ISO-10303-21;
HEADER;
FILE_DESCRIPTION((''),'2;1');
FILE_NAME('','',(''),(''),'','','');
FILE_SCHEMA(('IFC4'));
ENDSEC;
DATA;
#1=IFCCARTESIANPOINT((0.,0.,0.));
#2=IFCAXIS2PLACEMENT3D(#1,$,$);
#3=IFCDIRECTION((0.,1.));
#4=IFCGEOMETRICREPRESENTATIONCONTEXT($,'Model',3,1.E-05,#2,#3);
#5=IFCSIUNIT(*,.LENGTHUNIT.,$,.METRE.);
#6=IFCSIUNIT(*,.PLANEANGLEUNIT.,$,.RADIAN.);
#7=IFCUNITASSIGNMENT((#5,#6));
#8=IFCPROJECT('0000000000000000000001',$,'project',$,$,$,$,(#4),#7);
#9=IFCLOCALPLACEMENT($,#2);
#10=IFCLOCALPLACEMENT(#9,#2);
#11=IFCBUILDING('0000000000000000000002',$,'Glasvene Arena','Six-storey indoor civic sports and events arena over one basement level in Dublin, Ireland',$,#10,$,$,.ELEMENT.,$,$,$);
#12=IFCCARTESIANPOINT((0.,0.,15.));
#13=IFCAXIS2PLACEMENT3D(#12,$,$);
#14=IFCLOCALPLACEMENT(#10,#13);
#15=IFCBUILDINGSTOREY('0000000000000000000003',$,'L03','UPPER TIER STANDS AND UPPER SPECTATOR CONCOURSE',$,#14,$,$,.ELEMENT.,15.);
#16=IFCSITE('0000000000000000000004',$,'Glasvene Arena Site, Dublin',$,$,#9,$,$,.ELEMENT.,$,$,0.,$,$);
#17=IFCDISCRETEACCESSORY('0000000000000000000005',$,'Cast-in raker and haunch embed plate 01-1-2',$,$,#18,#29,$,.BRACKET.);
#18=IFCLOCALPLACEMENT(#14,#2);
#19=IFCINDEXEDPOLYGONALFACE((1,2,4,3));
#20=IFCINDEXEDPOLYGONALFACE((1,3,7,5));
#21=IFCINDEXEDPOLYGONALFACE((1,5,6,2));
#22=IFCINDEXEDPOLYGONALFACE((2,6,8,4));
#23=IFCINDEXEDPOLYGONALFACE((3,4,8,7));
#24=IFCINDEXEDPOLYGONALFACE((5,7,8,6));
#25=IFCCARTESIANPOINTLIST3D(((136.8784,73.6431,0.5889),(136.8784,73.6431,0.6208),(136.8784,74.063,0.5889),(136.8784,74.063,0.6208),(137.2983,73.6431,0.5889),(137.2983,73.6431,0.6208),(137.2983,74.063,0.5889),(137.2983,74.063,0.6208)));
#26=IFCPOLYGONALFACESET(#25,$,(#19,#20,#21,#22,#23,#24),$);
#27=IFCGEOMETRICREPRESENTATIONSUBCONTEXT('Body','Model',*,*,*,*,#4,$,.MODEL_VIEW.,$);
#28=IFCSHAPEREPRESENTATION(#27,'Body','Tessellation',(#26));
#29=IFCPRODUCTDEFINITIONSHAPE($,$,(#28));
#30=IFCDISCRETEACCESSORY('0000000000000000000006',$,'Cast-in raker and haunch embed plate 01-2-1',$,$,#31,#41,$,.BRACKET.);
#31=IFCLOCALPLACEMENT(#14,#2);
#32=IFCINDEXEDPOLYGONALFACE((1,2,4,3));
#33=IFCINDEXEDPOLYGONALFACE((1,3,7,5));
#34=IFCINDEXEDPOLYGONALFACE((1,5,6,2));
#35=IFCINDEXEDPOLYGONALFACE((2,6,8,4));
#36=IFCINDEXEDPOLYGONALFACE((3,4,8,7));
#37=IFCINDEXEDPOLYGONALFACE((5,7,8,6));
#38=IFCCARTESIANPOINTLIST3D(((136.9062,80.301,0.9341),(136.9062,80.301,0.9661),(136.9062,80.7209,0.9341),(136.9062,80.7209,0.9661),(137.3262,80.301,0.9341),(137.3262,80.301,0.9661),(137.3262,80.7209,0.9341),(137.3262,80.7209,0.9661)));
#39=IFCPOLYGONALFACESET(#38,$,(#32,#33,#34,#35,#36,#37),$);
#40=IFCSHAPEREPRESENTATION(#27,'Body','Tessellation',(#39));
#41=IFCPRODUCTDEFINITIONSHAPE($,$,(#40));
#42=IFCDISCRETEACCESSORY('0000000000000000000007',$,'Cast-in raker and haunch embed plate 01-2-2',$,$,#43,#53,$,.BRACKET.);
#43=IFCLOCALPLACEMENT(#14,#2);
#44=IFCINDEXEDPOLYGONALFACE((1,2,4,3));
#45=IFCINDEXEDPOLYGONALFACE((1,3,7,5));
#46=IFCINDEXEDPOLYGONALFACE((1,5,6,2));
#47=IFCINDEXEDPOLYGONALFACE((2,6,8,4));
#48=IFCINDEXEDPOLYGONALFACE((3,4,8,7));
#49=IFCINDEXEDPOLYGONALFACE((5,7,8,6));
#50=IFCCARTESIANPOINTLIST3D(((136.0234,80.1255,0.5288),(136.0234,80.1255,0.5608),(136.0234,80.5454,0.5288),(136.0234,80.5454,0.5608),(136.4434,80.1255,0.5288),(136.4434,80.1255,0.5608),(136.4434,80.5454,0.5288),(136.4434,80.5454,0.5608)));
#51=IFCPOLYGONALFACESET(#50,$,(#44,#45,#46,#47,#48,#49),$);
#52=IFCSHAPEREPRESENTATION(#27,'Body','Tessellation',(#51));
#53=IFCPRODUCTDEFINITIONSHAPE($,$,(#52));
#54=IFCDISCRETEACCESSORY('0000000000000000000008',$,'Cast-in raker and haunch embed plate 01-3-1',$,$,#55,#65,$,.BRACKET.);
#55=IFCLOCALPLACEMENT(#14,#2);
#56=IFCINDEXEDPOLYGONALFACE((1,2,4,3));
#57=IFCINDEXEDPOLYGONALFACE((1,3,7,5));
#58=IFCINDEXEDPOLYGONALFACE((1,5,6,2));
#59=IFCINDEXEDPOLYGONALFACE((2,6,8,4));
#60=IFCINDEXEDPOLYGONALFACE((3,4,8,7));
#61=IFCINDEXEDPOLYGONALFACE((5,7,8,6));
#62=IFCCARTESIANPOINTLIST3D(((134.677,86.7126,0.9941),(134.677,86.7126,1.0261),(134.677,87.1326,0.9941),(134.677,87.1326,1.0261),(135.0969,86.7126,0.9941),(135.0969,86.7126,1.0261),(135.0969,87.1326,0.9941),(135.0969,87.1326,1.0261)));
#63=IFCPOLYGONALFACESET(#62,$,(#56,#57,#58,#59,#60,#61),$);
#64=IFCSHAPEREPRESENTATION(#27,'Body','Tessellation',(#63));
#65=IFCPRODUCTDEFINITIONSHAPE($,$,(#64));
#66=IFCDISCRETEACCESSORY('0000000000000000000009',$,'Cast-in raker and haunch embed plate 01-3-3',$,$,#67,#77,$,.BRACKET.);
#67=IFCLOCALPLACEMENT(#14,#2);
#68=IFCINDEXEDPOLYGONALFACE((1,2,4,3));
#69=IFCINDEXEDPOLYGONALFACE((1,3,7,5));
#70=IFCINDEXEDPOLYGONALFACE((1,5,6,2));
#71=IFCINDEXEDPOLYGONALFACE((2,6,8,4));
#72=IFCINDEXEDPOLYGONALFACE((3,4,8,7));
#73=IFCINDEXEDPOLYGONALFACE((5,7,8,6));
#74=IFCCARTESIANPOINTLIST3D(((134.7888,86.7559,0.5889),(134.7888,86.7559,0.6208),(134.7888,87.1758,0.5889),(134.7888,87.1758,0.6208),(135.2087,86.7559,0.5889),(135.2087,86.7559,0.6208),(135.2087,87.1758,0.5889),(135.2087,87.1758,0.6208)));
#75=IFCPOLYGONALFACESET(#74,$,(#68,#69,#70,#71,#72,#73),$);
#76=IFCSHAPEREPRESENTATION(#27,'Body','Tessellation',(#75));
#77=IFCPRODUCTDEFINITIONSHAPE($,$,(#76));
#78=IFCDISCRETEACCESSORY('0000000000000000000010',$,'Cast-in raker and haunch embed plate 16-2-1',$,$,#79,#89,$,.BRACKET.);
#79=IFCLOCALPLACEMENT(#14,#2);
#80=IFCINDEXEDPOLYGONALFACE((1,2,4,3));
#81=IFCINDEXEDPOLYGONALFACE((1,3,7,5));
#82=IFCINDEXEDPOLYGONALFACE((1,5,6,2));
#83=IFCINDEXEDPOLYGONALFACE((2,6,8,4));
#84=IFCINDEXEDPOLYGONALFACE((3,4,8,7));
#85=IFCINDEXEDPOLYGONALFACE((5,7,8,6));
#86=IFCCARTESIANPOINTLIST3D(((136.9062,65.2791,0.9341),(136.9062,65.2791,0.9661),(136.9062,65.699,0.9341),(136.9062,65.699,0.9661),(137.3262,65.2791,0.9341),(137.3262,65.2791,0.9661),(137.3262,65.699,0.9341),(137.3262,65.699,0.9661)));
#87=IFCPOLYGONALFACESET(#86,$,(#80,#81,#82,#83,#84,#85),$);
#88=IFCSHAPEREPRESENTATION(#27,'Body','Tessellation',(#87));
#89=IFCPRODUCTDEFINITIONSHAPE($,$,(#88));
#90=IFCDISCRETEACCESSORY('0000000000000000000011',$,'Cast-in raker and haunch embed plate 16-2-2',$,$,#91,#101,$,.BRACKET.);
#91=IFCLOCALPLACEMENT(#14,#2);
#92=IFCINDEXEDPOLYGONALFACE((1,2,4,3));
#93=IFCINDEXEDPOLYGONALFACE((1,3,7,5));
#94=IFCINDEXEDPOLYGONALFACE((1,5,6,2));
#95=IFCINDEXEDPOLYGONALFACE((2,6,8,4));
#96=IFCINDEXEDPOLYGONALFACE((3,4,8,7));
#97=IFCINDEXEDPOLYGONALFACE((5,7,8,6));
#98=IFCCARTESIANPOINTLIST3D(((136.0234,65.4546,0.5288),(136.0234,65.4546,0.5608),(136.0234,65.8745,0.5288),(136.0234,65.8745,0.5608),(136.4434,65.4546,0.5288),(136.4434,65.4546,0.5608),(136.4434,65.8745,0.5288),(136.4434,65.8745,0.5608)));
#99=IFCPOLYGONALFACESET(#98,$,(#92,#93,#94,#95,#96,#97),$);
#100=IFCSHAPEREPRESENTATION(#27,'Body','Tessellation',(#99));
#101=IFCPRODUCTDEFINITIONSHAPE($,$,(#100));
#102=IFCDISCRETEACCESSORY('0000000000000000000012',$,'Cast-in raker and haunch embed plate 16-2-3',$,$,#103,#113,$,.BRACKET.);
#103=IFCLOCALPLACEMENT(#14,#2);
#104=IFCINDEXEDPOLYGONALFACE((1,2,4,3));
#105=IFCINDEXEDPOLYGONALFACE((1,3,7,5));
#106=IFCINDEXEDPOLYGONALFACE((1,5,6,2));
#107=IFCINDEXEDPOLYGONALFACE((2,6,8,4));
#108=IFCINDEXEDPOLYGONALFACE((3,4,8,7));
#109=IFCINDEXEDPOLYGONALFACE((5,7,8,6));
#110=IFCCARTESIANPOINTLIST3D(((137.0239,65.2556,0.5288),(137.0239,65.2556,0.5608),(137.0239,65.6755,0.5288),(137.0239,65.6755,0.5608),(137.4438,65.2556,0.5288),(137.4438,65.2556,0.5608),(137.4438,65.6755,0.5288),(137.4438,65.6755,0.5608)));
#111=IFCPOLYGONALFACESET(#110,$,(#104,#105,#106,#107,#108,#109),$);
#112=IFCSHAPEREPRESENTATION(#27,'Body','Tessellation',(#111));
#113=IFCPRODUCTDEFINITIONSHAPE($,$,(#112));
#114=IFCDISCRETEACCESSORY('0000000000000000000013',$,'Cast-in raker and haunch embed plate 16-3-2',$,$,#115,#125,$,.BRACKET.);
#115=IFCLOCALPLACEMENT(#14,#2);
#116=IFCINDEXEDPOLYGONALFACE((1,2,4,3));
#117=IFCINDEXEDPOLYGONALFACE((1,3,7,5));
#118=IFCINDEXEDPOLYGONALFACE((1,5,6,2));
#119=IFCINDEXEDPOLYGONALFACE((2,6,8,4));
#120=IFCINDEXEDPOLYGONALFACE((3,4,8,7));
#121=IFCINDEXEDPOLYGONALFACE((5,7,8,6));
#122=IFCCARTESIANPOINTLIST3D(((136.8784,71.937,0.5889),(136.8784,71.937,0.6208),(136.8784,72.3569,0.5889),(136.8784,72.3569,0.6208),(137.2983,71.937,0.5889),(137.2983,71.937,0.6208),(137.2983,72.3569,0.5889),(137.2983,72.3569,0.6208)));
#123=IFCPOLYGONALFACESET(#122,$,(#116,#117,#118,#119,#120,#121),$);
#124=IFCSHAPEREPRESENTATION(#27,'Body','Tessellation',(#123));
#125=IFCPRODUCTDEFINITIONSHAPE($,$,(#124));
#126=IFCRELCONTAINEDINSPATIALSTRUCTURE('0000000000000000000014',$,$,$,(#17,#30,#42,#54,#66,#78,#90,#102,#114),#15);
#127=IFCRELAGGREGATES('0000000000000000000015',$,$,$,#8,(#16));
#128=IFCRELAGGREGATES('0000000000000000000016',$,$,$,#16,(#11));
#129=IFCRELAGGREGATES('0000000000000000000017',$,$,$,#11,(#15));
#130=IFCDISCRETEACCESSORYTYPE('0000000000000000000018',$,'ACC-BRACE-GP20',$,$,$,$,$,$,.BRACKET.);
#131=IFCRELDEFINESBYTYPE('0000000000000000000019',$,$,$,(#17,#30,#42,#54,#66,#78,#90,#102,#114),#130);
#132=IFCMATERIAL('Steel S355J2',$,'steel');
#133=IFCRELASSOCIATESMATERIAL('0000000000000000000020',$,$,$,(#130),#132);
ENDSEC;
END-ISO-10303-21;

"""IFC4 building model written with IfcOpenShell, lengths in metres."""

from ifc_helpers import new_model, si_unit, direction, frame, origin, origin_2d, place, context, subcontext, project, spatial, rectangle, extrude, material, type_object, element, save


model = new_model("IFC4")

# Units and contexts
model_context = context("Model", 3, precision=1e-05, world=origin(), true_north=direction((0.0, 1.0)))
body_context = subcontext(model_context, "Body", "Model", "MODEL_VIEW")
ifc_project = project(units=[si_unit("LENGTHUNIT", "METRE"), si_unit("PLANEANGLEUNIT", "RADIAN")], contexts=[model_context])

# Site, building, storey
site_placement = place(None, origin())
site = spatial("IfcSite", under=ifc_project, at=site_placement, Name="Glasvene Arena Site, Dublin", CompositionType="ELEMENT", RefElevation=0.0)
building_placement = place(site_placement, origin())
building = spatial("IfcBuilding", under=site, at=building_placement, Name="Glasvene Arena", Description="Six-storey indoor civic sports and events arena over one basement level in Dublin, Ireland", CompositionType="ELEMENT")
storey_placement = place(building_placement, frame((0.0, 0.0, 15.0)))
storey = spatial("IfcBuildingStorey", under=building, at=storey_placement, Name="L03", Description="UPPER TIER STANDS AND UPPER SPECTATOR CONCOURSE", CompositionType="ELEMENT", Elevation=15.0)

# Shared definitions
ifc_material_1 = material(Name="Steel S355J2", Category="steel")

# Discrete accessories
discrete_accessory_type = type_object("IfcDiscreteAccessoryType", Name="ACC-BRACE-GP20", PredefinedType="BRACKET", material=ifc_material_1)
for number, where, z_axis, x_axis, name in (
    (1, (137.0884, 73.853, 0.5889), (0.0, 0.0, 1.0), (1.0, 0.0, 0.0), "Cast-in raker and haunch embed plate 01-1-2"),
    (2, (137.1162, 80.511, 0.9341), (0.0, 0.0, 1.0), (1.0, 0.0, 0.0), "Cast-in raker and haunch embed plate 01-2-1"),
    (3, (136.2334, 80.3354, 0.5288), (0.0, 0.0, 1.0), (1.0, 0.0, 0.0), "Cast-in raker and haunch embed plate 01-2-2"),
    (4, (134.887, 86.9226, 0.9941), (0.0, 0.0, 1.0), (1.0, 0.0, 0.0), "Cast-in raker and haunch embed plate 01-3-1"),
    (5, (134.9988, 86.9658, 0.5889), (0.0, 0.0, 1.0), (1.0, 0.0, 0.0), "Cast-in raker and haunch embed plate 01-3-3"),
    (6, (137.1162, 65.489, 0.9341), (0.0, 0.0, 1.0), (1.0, 0.0, 0.0), "Cast-in raker and haunch embed plate 16-2-1"),
    (7, (136.2334, 65.6646, 0.5288), (0.0, 0.0, 1.0), (1.0, 0.0, 0.0), "Cast-in raker and haunch embed plate 16-2-2"),
    (8, (137.2339, 65.4656, 0.5288), (0.0, 0.0, 1.0), (1.0, 0.0, 0.0), "Cast-in raker and haunch embed plate 16-2-3"),
    (9, (137.0884, 72.147, 0.5889), (0.0, 0.0, 1.0), (1.0, 0.0, 0.0), "Cast-in raker and haunch embed plate 16-3-2"),
):
    element("IfcDiscreteAccessory", number, at=place(storey_placement, frame(where, z_axis=z_axis, x_axis=x_axis)), inside=storey, type_object=discrete_accessory_type, Name=name, PredefinedType="BRACKET", context=body_context, shape_type="SweptSolid", body=[
        extrude(rectangle(XDim=0.4199, YDim=0.4199, at=origin_2d()), origin(), (0.0, 0.0, 1.0), 0.032),
    ])

save(model, "model.ifc")
